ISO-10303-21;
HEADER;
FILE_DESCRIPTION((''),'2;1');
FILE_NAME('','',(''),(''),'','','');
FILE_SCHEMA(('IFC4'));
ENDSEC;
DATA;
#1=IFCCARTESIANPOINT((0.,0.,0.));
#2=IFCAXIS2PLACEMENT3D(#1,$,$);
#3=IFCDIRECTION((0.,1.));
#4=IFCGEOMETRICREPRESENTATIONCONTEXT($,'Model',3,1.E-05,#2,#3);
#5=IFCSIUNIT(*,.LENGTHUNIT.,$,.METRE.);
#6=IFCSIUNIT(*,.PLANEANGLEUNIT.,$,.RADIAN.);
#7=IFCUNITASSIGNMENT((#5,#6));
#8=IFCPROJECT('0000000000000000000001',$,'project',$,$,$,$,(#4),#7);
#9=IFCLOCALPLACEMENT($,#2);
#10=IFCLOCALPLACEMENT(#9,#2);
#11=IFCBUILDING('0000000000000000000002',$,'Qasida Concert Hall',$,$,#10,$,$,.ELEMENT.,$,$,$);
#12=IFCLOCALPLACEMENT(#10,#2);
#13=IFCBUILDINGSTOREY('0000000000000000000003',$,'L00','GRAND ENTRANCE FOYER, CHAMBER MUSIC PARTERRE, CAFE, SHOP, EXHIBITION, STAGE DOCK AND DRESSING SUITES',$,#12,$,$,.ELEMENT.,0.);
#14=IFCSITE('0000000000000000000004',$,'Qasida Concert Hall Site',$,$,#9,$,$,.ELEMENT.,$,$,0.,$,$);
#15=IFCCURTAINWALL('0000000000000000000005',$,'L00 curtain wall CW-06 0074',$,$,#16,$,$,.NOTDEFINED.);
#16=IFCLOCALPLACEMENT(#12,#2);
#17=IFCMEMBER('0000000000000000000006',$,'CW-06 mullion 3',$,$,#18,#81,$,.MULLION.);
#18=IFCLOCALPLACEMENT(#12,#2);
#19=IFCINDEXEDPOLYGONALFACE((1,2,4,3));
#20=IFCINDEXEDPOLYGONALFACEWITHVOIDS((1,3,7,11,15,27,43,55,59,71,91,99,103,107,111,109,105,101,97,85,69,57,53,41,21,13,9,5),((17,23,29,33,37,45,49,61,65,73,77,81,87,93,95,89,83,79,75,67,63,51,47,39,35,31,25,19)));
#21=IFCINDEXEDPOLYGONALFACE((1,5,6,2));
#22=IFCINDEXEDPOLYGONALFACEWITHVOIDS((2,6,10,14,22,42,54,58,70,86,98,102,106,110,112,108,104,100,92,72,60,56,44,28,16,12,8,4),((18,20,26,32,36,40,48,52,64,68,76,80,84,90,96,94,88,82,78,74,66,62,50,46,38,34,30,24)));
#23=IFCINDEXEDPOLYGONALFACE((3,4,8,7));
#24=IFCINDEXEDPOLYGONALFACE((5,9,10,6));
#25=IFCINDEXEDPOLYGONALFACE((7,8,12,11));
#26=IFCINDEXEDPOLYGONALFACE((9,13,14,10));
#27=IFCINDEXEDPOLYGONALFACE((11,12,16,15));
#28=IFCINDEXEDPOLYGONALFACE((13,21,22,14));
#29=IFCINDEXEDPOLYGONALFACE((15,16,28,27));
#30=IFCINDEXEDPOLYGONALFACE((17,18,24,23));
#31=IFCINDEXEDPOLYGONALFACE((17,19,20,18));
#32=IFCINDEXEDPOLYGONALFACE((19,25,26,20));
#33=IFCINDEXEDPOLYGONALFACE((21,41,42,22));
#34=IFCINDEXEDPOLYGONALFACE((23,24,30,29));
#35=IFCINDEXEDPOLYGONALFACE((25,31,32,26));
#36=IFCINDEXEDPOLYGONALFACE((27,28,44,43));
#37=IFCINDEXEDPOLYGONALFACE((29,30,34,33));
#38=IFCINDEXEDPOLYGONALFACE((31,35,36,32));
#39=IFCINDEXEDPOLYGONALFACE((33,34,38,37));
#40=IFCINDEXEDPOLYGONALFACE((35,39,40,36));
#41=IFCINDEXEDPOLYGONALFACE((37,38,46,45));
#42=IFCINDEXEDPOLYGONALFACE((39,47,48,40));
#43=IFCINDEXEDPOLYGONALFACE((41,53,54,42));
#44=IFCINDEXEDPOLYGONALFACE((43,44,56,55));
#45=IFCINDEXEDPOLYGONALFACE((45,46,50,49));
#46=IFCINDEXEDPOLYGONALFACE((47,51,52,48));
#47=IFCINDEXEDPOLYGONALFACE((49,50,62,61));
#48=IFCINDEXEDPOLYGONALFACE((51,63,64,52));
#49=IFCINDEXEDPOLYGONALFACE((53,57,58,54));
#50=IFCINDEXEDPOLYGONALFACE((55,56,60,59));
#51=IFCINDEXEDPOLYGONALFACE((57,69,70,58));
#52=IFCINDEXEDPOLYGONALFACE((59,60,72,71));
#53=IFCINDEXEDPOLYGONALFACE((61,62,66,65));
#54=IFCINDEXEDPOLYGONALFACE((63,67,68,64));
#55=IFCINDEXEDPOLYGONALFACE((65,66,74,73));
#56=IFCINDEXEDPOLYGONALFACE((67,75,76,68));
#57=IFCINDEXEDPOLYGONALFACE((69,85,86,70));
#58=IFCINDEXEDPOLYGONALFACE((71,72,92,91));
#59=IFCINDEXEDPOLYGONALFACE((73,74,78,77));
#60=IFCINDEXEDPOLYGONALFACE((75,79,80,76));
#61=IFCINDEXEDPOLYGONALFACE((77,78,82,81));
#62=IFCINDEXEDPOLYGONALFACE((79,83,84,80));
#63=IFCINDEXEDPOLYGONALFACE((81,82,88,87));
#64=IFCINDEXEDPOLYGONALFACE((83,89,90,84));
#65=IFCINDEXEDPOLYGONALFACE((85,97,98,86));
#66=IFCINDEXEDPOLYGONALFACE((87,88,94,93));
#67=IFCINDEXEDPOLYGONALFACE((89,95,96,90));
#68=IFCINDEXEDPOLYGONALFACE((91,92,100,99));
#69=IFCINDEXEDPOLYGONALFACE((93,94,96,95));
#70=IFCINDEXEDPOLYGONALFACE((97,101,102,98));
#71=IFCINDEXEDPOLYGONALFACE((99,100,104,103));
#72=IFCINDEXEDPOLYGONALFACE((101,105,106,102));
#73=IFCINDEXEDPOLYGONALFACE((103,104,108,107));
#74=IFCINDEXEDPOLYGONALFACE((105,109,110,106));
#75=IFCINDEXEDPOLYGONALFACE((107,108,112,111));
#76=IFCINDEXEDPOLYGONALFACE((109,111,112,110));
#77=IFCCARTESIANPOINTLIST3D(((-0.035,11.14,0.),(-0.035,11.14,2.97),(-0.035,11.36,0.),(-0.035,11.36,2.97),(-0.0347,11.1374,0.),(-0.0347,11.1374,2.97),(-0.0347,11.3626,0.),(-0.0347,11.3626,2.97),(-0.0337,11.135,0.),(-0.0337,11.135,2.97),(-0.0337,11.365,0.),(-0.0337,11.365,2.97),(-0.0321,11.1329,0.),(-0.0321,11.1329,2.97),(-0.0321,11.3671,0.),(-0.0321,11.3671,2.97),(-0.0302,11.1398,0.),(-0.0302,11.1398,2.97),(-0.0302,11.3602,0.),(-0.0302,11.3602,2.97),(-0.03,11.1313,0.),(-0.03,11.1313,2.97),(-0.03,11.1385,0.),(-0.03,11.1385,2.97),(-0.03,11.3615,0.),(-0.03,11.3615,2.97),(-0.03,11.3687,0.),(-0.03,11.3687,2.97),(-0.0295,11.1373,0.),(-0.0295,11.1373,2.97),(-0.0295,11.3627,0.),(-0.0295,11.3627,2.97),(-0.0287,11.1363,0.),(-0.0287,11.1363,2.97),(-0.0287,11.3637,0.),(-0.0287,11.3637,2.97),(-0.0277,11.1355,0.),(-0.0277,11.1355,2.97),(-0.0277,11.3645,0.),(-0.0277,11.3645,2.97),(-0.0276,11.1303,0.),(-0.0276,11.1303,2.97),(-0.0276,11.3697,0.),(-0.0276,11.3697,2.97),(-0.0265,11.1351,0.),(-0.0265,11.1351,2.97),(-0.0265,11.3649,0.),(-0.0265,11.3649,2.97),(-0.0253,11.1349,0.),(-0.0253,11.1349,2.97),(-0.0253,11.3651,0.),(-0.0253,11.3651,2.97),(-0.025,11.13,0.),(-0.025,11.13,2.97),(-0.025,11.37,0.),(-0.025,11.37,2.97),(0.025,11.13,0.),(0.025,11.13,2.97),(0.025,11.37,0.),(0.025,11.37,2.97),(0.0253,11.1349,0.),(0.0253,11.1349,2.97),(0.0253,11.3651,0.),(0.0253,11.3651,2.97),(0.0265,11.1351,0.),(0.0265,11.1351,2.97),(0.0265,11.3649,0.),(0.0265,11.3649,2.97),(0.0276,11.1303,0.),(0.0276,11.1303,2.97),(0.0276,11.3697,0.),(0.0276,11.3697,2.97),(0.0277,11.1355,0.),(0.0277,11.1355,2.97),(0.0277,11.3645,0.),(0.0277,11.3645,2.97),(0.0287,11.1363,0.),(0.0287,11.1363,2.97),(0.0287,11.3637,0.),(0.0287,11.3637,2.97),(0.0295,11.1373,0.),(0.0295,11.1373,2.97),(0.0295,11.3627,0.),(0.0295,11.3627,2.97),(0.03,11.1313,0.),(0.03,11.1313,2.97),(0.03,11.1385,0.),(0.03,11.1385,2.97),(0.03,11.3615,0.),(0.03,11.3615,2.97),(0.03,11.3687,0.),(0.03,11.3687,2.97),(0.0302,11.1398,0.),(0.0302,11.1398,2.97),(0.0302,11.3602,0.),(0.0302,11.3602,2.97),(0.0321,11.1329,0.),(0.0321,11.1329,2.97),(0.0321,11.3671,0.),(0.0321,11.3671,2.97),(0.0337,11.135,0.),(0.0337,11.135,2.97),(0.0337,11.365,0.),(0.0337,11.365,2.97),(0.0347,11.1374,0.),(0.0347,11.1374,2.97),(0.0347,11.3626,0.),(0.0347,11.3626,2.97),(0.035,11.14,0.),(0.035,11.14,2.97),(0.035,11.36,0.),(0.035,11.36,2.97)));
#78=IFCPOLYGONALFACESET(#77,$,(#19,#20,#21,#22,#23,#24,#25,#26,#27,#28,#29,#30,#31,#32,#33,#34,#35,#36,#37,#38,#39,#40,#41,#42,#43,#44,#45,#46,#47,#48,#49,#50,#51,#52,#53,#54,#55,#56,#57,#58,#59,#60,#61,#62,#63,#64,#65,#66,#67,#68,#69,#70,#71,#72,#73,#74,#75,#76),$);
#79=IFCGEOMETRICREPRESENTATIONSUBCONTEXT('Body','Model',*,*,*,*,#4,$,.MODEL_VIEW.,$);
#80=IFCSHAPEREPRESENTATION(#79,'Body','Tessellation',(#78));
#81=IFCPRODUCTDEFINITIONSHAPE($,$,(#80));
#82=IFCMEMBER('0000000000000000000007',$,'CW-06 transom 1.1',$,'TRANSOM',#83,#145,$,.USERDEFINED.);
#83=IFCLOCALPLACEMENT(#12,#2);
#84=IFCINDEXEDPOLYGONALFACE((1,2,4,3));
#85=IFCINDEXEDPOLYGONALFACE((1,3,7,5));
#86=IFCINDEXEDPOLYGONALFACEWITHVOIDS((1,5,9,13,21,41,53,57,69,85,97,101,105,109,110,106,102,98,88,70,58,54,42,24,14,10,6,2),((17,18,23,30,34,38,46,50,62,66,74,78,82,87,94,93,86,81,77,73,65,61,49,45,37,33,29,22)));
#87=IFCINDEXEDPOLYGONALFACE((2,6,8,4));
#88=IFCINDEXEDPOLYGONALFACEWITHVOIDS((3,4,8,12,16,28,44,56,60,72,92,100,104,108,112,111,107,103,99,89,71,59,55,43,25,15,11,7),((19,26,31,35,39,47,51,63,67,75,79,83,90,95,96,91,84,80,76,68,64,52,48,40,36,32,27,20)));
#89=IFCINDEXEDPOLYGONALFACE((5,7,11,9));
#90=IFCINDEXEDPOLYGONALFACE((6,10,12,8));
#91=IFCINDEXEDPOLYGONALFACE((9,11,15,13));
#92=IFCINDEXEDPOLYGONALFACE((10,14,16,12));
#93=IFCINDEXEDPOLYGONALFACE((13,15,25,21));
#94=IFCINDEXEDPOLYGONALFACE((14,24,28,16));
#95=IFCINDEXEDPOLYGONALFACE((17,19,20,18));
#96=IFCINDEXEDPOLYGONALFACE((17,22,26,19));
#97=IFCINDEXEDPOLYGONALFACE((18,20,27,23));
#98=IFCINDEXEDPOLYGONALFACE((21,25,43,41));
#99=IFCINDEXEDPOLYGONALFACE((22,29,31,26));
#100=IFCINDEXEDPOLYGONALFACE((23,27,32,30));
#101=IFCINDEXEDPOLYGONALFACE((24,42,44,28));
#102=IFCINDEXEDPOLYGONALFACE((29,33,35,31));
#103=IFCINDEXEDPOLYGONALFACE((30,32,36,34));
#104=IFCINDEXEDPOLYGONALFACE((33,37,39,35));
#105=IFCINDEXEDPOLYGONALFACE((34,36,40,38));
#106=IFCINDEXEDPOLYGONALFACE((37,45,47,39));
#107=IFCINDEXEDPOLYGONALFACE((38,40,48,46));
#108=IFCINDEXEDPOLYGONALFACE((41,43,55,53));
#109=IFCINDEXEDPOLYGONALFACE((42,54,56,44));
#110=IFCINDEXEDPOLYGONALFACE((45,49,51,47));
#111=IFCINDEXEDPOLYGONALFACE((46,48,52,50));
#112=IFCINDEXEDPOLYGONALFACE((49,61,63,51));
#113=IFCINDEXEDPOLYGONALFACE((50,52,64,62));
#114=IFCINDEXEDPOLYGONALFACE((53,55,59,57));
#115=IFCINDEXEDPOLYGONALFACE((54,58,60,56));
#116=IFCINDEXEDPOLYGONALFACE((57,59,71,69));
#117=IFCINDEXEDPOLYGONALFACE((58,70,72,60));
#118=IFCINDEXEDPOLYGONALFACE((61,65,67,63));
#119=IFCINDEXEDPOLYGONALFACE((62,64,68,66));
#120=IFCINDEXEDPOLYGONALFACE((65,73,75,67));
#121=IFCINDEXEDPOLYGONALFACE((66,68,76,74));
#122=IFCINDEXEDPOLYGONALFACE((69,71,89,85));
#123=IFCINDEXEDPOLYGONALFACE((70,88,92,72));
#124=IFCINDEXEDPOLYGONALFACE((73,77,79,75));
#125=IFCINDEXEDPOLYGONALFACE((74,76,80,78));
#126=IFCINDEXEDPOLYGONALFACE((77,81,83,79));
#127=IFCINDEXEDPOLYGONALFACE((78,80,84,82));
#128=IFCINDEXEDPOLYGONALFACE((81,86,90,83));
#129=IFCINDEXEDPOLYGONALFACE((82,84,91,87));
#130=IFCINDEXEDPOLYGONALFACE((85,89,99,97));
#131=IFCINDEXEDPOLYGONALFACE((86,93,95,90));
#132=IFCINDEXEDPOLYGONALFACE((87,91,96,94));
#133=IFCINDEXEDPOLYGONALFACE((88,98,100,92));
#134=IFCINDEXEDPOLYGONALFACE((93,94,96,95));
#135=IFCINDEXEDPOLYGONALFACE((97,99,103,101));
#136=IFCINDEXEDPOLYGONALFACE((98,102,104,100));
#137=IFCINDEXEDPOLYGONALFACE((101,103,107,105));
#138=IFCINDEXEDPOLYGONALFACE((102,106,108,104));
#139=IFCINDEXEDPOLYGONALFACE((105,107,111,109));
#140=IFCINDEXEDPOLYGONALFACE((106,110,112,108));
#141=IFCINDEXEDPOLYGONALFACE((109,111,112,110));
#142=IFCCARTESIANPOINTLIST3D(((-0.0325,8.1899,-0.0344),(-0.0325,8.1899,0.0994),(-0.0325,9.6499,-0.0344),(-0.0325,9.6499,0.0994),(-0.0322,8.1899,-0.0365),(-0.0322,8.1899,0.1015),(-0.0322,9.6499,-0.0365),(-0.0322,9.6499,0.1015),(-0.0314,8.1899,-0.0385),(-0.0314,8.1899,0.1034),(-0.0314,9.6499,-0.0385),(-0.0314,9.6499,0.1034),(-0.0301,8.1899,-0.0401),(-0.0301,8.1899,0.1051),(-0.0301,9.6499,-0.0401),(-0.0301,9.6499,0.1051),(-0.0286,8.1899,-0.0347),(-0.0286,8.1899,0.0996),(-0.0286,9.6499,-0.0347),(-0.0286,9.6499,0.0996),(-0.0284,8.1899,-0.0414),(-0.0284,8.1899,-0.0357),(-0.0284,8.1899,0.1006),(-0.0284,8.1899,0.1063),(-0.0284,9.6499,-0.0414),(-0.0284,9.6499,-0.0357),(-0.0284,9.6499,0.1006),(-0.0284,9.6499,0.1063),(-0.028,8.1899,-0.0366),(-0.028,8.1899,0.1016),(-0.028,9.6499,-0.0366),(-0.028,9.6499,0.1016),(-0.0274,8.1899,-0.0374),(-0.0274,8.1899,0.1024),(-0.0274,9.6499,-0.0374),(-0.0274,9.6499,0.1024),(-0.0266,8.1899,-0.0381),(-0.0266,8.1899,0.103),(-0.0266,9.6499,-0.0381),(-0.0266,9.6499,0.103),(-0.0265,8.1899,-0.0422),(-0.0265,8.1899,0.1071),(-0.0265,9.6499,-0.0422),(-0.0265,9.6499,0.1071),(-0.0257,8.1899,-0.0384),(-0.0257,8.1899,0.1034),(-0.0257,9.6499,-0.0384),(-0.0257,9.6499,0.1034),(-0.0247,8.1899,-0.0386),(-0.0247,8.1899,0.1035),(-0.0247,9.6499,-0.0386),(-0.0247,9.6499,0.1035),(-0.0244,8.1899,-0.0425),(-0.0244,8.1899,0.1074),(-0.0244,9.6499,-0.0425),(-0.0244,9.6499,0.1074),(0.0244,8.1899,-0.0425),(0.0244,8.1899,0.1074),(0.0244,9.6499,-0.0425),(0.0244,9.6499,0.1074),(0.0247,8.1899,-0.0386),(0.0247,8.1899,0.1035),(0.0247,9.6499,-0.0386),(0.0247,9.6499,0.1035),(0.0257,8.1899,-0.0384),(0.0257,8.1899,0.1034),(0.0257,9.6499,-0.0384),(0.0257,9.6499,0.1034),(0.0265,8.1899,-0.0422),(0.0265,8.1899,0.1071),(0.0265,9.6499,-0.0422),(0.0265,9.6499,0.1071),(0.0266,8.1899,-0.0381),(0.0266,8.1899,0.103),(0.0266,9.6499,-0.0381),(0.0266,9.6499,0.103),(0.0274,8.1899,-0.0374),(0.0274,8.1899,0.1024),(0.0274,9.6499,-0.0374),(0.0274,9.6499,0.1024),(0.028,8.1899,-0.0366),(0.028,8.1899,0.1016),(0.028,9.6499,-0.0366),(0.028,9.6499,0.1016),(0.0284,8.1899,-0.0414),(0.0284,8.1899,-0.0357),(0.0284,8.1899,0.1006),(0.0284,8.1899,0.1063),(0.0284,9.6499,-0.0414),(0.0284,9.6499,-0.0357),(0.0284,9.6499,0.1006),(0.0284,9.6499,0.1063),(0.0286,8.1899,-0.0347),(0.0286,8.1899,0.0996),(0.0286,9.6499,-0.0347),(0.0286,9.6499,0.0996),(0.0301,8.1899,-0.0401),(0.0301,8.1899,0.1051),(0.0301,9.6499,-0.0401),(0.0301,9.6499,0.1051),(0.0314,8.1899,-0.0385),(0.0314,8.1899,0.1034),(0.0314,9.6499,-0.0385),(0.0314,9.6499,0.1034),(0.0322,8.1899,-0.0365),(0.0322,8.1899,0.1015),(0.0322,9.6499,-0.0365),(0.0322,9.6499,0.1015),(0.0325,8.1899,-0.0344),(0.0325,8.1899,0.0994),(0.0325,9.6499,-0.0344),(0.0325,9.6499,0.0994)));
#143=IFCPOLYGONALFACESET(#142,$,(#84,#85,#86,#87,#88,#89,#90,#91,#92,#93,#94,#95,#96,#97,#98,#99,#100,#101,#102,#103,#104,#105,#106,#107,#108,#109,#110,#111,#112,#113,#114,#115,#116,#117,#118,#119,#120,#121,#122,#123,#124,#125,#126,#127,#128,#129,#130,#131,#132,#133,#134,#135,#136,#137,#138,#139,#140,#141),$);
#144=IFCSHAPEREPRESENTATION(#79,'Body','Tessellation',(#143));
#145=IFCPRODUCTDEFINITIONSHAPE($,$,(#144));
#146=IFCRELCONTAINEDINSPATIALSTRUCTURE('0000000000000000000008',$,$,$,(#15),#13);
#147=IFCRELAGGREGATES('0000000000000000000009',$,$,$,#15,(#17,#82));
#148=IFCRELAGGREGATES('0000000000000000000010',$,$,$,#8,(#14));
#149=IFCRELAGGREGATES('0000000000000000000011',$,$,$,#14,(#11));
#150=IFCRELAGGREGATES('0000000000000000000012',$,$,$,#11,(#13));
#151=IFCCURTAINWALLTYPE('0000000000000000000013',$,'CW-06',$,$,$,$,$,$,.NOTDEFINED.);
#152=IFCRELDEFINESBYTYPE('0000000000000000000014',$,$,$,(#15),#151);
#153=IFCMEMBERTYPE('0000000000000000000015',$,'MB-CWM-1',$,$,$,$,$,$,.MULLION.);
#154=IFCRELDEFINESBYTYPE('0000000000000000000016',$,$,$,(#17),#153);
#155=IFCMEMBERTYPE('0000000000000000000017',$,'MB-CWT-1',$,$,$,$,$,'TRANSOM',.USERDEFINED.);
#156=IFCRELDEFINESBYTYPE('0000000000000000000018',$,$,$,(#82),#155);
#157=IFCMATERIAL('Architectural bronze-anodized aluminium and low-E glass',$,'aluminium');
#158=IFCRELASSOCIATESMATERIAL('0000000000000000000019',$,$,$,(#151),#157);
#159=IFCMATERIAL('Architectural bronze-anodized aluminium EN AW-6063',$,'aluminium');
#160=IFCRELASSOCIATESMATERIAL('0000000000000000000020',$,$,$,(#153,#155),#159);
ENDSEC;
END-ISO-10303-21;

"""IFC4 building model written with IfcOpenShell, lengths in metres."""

from ifc_helpers import new_model, si_unit, direction, frame, origin, origin_2d, place, context, subcontext, project, spatial, hollow_rectangle, extrude, material, material_profile, profile_set, type_object, element, aggregate, save


model = new_model("IFC4")

# Units and contexts
model_context = context("Model", 3, precision=1e-05, world=origin(), true_north=direction((0.0, 1.0)))
body_context = subcontext(model_context, "Body", "Model", "MODEL_VIEW")
ifc_project = project(units=[si_unit("LENGTHUNIT", "METRE"), si_unit("PLANEANGLEUNIT", "RADIAN")], contexts=[model_context])

# Site, building, storey
site_placement = place(None, origin())
site = spatial("IfcSite", under=ifc_project, at=site_placement, Name="Qasida Concert Hall Site", CompositionType="ELEMENT", RefElevation=0.0)
building_placement = place(site_placement, origin())
building = spatial("IfcBuilding", under=site, at=building_placement, Name="Qasida Concert Hall", CompositionType="ELEMENT")
storey_placement = place(building_placement, origin())
storey = spatial("IfcBuildingStorey", under=building, at=storey_placement, Name="L00", Description="GRAND ENTRANCE FOYER, CHAMBER MUSIC PARTERRE, CAFE, SHOP, EXHIBITION, STAGE DOCK AND DRESSING SUITES", CompositionType="ELEMENT", Elevation=0.0)

# Curtain wall, members
ifc_material_1 = material(Name="Architectural bronze-anodized aluminium and low-E glass", Category="aluminium")
curtain_wall_type = type_object("IfcCurtainWallType", Name="CW-06", PredefinedType="NOTDEFINED", material=ifc_material_1)
curtain_wall_placement = place(storey_placement, origin())
curtain_wall = element("IfcCurtainWall", 1, at=curtain_wall_placement, inside=storey, type_object=curtain_wall_type, Name="L00 curtain wall CW-06 0074", PredefinedType="NOTDEFINED")
ifc_material_2 = material(Name="Architectural bronze-anodized aluminium EN AW-6063", Category="aluminium")
ifc_material_profile_1 = material_profile(ifc_material_2, hollow_rectangle(XDim=0.0701, YDim=0.24, WallThickness=0.0049, InnerFilletRadius=0.0049, OuterFilletRadius=0.01, at=origin_2d()), Name="CWM 240x70x5")
ifc_profile_set_1 = profile_set([ifc_material_profile_1], Name="Architectural bronze-anodized aluminium EN AW-6063")
member_type_1 = type_object("IfcMemberType", Name="MB-CWM-1", PredefinedType="MULLION", material=ifc_profile_set_1)
member_1_placement = place(storey_placement, frame((0.0, 11.25, 0.0), z_axis=(0.0, 0.0, 1.0), x_axis=(-1.0, 0.0, 0.0)))
member_1 = element("IfcMember", 2, at=member_1_placement, type_object=member_type_1, Name="CW-06 mullion 3", PredefinedType="MULLION", context=body_context, shape_type="SweptSolid", body=[
    extrude(hollow_rectangle(XDim=0.0701, YDim=0.24, WallThickness=0.0049, InnerFilletRadius=0.0049, OuterFilletRadius=0.01, at=origin_2d()), origin(), (0.0, 0.0, 1.0), 2.97),
])
ifc_material_profile_2 = material_profile(ifc_material_2, hollow_rectangle(XDim=0.0649, YDim=0.1499, WallThickness=0.0039, InnerFilletRadius=0.0039, OuterFilletRadius=0.0081, at=origin_2d()), Name="CWT 150x65x4")
ifc_profile_set_2 = profile_set([ifc_material_profile_2], Name="Architectural bronze-anodized aluminium EN AW-6063")
member_type_2 = type_object("IfcMemberType", Name="MB-CWT-1", ElementType="TRANSOM", PredefinedType="USERDEFINED", material=ifc_profile_set_2)
member_2_placement = place(storey_placement, frame((0.0, 8.1899, 0.0325), z_axis=(0.0, 1.0, 0.0), x_axis=(-1.0, 0.0, 0.0)))
member_2 = element("IfcMember", 3, at=member_2_placement, type_object=member_type_2, Name="CW-06 transom 1.1", ObjectType="TRANSOM", PredefinedType="USERDEFINED", context=body_context, shape_type="SweptSolid", body=[
    extrude(hollow_rectangle(XDim=0.0649, YDim=0.1499, WallThickness=0.0039, InnerFilletRadius=0.0039, OuterFilletRadius=0.0081, at=origin_2d()), origin(), (0.0, 0.0, 1.0), 1.46),
])
aggregate(curtain_wall, [member_1, member_2])

save(model, "model.ifc")
